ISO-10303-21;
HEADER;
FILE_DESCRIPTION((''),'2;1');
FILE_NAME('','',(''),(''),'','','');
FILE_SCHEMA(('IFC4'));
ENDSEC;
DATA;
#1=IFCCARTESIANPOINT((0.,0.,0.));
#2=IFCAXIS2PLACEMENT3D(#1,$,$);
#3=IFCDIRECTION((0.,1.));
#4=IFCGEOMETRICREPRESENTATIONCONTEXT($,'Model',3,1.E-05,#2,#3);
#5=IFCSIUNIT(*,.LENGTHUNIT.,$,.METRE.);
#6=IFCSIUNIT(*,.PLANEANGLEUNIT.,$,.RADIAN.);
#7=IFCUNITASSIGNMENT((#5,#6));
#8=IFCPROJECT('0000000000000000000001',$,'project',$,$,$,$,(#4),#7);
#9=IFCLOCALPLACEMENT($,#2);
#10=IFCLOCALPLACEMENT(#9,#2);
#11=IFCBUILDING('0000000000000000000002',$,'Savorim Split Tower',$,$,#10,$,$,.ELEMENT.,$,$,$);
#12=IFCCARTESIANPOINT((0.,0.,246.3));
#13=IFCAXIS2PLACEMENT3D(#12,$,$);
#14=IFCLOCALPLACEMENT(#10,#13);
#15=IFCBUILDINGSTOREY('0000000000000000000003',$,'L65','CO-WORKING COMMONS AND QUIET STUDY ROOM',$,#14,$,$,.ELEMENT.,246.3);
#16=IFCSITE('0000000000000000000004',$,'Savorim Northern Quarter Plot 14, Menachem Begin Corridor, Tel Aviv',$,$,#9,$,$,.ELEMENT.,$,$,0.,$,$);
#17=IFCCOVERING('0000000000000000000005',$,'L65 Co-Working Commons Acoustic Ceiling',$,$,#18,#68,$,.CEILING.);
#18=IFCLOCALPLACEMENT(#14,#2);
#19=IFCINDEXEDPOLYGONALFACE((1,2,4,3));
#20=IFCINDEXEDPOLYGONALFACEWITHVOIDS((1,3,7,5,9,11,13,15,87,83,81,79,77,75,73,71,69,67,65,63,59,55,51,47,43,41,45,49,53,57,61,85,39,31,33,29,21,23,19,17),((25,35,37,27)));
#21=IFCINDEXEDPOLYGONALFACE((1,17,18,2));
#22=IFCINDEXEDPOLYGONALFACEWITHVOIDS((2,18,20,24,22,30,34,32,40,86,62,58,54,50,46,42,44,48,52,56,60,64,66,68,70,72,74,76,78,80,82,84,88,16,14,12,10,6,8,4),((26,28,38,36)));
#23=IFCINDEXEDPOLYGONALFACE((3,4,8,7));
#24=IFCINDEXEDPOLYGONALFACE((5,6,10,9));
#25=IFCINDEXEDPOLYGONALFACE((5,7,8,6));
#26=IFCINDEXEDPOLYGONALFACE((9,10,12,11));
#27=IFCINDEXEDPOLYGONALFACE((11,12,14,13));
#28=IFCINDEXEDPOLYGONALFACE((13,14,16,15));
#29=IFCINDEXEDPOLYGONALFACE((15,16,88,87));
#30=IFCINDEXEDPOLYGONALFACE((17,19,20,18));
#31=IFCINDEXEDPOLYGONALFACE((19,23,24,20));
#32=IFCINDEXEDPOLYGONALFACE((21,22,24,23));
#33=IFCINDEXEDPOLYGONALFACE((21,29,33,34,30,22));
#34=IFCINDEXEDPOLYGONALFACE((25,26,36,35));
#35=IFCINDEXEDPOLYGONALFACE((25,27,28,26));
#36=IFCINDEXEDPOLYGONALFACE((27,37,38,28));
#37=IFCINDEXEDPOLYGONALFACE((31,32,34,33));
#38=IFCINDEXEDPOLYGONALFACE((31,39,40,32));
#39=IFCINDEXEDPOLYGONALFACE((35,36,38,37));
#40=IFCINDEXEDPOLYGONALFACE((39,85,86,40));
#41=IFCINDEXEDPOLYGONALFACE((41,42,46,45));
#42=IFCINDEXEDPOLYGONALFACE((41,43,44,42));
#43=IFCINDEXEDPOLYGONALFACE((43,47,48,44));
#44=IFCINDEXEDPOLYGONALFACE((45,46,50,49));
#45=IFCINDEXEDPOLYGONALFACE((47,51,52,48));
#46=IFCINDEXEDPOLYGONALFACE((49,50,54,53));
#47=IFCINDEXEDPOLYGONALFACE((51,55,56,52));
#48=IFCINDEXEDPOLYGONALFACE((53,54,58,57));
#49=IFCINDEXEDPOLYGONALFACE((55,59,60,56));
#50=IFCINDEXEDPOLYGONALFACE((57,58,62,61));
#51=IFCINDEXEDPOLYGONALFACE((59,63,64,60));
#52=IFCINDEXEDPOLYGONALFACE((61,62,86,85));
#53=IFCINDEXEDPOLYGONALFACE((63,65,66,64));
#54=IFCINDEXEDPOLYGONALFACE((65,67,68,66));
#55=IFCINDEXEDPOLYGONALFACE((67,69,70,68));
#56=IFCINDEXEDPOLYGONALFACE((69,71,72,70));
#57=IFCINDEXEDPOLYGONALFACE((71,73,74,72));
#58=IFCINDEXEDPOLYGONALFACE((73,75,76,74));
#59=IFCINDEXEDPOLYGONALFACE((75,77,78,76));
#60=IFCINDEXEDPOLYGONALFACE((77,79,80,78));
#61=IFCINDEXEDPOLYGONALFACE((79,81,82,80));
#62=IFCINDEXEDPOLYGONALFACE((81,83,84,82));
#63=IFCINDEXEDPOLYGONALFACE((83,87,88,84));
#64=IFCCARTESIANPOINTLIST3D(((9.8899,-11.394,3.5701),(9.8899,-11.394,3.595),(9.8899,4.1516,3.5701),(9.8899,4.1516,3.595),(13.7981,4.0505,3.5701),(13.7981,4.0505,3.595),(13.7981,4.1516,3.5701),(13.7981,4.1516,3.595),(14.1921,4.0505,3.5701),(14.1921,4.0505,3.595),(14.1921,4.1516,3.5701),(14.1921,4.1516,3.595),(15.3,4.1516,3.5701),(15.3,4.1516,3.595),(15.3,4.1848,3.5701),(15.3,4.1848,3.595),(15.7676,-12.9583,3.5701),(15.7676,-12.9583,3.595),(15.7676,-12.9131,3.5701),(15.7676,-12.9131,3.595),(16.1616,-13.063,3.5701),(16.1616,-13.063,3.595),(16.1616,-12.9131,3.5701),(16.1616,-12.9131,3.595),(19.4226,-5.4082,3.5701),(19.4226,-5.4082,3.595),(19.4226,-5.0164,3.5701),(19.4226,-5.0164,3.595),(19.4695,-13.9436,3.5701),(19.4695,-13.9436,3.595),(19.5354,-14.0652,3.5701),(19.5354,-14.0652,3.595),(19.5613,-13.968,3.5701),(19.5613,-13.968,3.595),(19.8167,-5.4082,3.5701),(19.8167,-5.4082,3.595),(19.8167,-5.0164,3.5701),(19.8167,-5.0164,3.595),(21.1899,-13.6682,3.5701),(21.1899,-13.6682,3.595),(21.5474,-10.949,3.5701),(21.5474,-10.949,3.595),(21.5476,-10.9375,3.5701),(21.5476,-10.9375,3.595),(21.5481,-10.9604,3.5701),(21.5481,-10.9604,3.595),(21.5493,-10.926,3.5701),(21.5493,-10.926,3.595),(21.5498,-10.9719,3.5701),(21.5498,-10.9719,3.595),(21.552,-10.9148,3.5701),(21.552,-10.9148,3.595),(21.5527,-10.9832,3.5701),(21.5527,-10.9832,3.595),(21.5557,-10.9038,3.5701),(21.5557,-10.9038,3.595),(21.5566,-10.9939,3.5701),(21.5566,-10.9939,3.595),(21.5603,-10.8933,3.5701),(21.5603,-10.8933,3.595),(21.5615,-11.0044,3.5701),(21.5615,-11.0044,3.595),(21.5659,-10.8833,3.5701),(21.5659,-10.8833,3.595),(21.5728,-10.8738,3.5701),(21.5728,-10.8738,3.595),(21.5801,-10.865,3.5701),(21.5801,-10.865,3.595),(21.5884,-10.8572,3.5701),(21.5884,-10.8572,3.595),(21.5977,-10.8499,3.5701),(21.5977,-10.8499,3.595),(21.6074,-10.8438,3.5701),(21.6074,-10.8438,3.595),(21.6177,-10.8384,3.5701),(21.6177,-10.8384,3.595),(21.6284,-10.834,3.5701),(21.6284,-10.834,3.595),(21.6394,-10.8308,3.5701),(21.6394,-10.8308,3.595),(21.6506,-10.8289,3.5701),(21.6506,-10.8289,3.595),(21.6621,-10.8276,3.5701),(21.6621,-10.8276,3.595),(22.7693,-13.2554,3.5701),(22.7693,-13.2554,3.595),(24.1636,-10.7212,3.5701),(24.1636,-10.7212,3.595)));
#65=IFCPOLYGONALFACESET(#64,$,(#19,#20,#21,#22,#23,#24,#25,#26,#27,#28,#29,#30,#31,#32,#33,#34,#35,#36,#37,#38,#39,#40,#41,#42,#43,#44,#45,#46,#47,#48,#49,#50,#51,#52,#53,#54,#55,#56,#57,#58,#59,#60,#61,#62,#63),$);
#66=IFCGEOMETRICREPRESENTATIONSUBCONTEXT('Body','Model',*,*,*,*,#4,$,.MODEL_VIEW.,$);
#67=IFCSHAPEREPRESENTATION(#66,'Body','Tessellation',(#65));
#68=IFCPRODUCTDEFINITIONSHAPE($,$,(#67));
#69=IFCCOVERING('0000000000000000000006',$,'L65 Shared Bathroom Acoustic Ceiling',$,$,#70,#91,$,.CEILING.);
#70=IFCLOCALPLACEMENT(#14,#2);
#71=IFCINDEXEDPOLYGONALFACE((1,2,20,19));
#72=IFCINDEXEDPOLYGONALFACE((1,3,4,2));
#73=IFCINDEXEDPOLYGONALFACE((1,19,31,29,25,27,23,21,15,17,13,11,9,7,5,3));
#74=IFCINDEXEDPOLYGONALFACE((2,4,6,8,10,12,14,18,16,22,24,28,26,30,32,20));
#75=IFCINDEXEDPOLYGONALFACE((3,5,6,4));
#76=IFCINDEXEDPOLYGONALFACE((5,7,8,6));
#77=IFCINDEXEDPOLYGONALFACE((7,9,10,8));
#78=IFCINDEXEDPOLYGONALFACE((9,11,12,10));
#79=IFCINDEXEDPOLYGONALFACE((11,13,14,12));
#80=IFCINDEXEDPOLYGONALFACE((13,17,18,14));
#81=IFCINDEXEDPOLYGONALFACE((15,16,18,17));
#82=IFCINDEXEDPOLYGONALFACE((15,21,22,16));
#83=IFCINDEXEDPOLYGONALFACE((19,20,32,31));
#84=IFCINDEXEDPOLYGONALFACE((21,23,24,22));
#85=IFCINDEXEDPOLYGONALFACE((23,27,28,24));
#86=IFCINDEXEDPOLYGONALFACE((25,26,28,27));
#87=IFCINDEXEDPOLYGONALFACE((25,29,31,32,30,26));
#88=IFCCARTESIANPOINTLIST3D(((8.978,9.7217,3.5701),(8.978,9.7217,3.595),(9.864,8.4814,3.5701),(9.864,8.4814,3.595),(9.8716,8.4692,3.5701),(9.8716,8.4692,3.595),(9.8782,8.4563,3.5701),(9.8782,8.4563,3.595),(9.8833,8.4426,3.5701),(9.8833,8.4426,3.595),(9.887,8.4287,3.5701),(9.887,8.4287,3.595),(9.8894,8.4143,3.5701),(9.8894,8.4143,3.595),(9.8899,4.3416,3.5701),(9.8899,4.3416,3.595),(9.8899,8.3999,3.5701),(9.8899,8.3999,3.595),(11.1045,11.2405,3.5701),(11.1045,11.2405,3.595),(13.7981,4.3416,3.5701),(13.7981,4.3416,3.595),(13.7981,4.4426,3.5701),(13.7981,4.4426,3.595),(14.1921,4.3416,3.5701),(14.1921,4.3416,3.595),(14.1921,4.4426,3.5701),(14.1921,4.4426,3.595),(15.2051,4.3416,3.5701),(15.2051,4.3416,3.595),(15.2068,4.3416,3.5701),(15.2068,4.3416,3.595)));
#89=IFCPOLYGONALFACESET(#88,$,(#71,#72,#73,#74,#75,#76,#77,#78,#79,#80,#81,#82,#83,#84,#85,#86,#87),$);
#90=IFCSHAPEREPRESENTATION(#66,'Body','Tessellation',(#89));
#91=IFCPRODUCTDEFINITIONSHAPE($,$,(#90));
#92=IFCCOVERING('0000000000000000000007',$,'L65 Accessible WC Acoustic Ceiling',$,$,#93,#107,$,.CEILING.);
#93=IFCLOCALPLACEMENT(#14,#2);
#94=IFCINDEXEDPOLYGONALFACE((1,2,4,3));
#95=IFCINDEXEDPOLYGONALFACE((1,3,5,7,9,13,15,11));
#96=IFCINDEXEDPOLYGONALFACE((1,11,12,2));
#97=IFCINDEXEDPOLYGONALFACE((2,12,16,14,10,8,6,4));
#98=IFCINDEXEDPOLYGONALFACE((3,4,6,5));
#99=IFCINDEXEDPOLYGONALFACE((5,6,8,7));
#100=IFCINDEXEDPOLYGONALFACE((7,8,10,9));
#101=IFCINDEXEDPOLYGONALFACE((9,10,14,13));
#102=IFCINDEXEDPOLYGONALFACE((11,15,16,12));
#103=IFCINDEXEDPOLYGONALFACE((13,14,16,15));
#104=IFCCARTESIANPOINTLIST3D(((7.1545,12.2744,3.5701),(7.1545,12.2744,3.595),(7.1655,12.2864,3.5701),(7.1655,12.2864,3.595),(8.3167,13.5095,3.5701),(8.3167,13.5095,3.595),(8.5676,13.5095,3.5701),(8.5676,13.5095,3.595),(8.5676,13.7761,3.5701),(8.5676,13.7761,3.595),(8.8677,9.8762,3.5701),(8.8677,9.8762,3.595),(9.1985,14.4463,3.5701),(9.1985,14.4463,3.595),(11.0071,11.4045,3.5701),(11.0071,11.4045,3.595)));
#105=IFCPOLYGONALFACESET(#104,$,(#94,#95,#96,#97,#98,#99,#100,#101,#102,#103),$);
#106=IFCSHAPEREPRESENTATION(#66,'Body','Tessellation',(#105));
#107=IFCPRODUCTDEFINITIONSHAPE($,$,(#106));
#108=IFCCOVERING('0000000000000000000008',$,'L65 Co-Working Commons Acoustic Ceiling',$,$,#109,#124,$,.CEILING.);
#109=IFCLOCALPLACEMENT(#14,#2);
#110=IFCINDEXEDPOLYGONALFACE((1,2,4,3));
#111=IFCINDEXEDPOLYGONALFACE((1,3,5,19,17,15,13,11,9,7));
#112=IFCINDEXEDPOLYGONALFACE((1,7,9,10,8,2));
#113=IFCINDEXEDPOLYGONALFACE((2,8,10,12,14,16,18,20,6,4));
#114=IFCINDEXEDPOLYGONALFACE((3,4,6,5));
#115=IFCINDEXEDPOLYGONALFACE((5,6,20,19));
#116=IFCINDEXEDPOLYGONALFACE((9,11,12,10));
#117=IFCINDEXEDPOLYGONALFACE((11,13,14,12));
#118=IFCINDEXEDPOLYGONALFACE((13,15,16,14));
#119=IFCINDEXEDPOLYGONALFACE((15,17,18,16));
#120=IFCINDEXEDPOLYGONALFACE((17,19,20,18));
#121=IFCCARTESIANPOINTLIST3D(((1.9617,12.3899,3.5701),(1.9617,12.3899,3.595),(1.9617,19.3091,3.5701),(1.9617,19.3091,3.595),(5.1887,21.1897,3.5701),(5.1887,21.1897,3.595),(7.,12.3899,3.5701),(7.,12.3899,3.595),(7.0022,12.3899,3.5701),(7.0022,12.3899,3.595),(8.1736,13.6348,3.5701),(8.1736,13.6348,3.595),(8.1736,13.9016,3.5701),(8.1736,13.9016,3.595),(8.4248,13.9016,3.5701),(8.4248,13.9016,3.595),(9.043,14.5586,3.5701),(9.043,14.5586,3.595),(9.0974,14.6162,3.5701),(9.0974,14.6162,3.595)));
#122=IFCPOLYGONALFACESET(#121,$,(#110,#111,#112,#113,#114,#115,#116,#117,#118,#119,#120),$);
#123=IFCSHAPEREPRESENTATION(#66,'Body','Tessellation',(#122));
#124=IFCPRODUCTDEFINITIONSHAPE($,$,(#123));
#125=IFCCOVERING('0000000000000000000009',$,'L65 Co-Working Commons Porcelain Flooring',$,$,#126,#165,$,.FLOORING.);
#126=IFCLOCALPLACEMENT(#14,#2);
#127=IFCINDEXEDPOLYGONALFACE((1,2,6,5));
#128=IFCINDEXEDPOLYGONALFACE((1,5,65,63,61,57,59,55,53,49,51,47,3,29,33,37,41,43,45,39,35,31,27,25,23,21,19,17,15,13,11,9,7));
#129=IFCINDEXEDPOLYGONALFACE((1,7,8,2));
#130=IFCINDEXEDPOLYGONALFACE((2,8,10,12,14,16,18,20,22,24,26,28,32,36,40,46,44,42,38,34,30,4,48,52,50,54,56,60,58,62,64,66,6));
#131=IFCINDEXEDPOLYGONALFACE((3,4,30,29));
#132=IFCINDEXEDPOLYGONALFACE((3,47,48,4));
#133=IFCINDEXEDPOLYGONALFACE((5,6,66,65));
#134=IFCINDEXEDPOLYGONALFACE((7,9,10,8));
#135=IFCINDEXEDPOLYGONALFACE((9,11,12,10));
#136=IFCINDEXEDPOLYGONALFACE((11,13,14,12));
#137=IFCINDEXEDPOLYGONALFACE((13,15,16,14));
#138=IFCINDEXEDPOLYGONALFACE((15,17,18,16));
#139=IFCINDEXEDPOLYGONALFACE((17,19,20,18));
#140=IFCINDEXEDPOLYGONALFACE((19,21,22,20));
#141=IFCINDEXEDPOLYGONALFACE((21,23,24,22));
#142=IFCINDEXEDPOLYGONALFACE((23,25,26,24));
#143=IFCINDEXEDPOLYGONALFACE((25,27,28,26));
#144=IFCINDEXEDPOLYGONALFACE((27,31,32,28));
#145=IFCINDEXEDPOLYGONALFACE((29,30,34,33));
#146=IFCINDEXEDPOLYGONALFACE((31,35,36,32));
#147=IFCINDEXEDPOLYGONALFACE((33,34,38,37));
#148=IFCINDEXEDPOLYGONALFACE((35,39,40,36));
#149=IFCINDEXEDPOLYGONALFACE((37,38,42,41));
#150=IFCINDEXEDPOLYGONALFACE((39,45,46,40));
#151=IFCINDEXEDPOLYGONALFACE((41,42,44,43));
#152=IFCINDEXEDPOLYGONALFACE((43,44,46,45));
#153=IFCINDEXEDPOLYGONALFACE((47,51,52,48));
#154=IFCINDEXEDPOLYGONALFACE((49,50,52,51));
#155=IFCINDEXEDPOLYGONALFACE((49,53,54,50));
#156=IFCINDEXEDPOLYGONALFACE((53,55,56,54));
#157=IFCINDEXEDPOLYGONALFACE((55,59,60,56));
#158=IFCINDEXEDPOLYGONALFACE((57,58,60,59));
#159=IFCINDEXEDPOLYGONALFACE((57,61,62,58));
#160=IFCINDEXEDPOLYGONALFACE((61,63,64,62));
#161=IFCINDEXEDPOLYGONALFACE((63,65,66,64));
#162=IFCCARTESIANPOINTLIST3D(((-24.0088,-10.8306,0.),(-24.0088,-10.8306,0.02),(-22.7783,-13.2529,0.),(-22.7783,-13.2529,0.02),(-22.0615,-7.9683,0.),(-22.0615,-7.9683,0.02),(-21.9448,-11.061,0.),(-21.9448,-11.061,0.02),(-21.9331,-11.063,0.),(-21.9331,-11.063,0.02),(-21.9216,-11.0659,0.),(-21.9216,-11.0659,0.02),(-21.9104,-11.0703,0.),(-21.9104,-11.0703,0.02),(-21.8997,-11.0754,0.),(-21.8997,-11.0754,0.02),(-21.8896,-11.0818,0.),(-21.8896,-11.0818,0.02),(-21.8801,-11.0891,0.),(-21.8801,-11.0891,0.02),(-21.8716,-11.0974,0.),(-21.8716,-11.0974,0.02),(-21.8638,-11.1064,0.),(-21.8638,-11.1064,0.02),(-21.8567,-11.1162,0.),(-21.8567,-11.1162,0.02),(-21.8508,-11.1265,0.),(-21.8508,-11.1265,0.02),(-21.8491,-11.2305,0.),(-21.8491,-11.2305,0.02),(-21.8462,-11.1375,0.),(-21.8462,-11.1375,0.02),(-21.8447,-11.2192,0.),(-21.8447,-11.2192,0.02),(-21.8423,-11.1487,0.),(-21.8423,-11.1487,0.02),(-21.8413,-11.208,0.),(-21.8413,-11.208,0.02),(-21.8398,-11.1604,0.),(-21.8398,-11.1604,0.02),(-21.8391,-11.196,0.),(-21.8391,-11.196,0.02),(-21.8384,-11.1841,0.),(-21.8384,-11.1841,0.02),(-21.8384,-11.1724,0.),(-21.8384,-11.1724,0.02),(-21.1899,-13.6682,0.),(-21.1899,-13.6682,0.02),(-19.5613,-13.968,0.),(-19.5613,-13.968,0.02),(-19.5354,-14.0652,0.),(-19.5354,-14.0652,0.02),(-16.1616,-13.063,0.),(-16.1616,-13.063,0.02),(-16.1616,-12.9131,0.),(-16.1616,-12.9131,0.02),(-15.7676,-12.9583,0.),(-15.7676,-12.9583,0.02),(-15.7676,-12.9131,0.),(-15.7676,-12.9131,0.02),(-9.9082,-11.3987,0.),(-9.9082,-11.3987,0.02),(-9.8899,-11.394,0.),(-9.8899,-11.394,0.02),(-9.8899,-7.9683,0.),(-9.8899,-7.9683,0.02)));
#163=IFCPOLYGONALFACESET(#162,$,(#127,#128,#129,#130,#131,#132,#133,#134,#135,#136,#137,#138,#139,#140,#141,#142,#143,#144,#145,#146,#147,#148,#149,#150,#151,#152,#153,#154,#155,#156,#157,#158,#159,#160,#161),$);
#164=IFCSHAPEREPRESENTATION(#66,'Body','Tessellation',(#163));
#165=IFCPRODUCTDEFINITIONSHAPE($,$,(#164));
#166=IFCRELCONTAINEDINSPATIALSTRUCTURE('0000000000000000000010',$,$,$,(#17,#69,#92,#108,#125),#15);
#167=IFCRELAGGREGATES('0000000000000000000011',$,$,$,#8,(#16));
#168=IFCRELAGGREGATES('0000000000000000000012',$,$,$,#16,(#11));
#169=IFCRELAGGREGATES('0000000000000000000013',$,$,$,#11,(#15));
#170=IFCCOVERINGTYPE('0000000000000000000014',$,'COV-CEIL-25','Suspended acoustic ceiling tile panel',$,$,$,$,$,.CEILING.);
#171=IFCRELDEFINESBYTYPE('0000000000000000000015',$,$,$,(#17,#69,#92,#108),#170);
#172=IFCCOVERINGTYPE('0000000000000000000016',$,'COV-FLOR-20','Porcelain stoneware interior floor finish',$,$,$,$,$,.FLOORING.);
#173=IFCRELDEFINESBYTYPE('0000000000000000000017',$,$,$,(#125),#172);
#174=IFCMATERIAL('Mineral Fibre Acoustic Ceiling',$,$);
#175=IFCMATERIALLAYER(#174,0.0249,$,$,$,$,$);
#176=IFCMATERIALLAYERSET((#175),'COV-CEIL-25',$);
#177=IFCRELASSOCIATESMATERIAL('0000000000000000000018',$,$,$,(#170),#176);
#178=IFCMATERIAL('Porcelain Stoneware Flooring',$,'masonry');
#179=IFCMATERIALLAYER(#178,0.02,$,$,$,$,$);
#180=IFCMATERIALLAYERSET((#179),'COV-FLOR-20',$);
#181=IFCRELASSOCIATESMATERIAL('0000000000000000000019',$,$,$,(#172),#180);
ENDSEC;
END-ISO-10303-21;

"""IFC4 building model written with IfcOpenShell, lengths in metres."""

from ifc_helpers import new_model, si_unit, direction, frame, origin, place, context, subcontext, project, spatial, polyline, outline, extrude, material, layer, layer_set, type_object, element, save


model = new_model("IFC4")

# Units and contexts
model_context = context("Model", 3, precision=1e-05, world=origin(), true_north=direction((0.0, 1.0)))
body_context = subcontext(model_context, "Body", "Model", "MODEL_VIEW")
ifc_project = project(units=[si_unit("LENGTHUNIT", "METRE"), si_unit("PLANEANGLEUNIT", "RADIAN")], contexts=[model_context])

# Site, building, storey
site_placement = place(None, origin())
site = spatial("IfcSite", under=ifc_project, at=site_placement, Name="Savorim Northern Quarter Plot 14, Menachem Begin Corridor, Tel Aviv", CompositionType="ELEMENT", RefElevation=0.0)
building_placement = place(site_placement, origin())
building = spatial("IfcBuilding", under=site, at=building_placement, Name="Savorim Split Tower", CompositionType="ELEMENT")
storey_placement = place(building_placement, frame((0.0, 0.0, 246.3)))
storey = spatial("IfcBuildingStorey", under=building, at=storey_placement, Name="L65", Description="CO-WORKING COMMONS AND QUIET STUDY ROOM", CompositionType="ELEMENT", Elevation=246.3)

# Coverings
ifc_material_1 = material(Name="Mineral Fibre Acoustic Ceiling")
ifc_layer_1 = layer(ifc_material_1, 0.0249)
ifc_layer_set_1 = layer_set([ifc_layer_1], Name="COV-CEIL-25")
covering_type_1 = type_object("IfcCoveringType", Name="COV-CEIL-25", Description="Suspended acoustic ceiling tile panel", PredefinedType="CEILING", material=ifc_layer_set_1)
covering_1_placement = place(storey_placement, frame((0.0, 0.0, 3.5701)))
element("IfcCovering", 1, at=covering_1_placement, inside=storey, type_object=covering_type_1, Name="L65 Co-Working Commons Acoustic Ceiling", PredefinedType="CEILING", context=body_context, shape_type="SweptSolid", body=[
    extrude(outline(polyline([(21.6394, -10.8308), (21.6506, -10.8289), (21.6621, -10.8276), (24.1636, -10.7212), (15.3, 4.1848), (15.3, 4.1516), (14.1921, 4.1516), (14.1921, 4.0505), (13.7981, 4.0505), (13.7981, 4.1516), (9.8899, 4.1516), (9.8899, -11.394), (15.7676, -12.9583), (15.7676, -12.9131), (16.1616, -12.9131), (16.1616, -13.063), (19.4695, -13.9436), (19.5613, -13.968), (19.5354, -14.0652), (21.1899, -13.6682), (22.7693, -13.2554), (21.5615, -11.0044), (21.5566, -10.9939), (21.5527, -10.9832), (21.5498, -10.9719), (21.5481, -10.9604), (21.5474, -10.949), (21.5476, -10.9375), (21.5493, -10.926), (21.552, -10.9148), (21.5557, -10.9038), (21.5603, -10.8933), (21.5659, -10.8833), (21.5728, -10.8738), (21.5801, -10.865), (21.5884, -10.8572), (21.5977, -10.8499), (21.6074, -10.8438), (21.6177, -10.8384), (21.6284, -10.834), (21.6394, -10.8308)]), holes=[polyline([(19.8167, -5.4082), (19.8167, -5.0164), (19.4226, -5.0164), (19.4226, -5.4082), (19.8167, -5.4082)])]), origin(), (0.0, 0.0, 1.0), 0.0249),
])
covering_2_placement = place(storey_placement, frame((0.0, 0.0, 3.5701)))
element("IfcCovering", 2, at=covering_2_placement, inside=storey, type_object=covering_type_1, Name="L65 Shared Bathroom Acoustic Ceiling", PredefinedType="CEILING", context=body_context, shape_type="SweptSolid", body=[
    extrude(outline(polyline([(14.1921, 4.4426), (14.1921, 4.3416), (15.2051, 4.3416), (15.2068, 4.3416), (11.1045, 11.2405), (8.978, 9.7217), (9.864, 8.4814), (9.8716, 8.4692), (9.8782, 8.4563), (9.8833, 8.4426), (9.887, 8.4287), (9.8894, 8.4143), (9.8899, 8.3999), (9.8899, 4.3416), (13.7981, 4.3416), (13.7981, 4.4426), (14.1921, 4.4426)])), origin(), (0.0, 0.0, 1.0), 0.0249),
])
covering_3_placement = place(storey_placement, frame((0.0, 0.0, 3.5701)))
element("IfcCovering", 3, at=covering_3_placement, inside=storey, type_object=covering_type_1, Name="L65 Accessible WC Acoustic Ceiling", PredefinedType="CEILING", context=body_context, shape_type="SweptSolid", body=[
    extrude(outline(polyline([(8.3167, 13.5095), (7.1655, 12.2864), (7.1545, 12.2744), (8.8677, 9.8762), (11.0071, 11.4045), (9.1985, 14.4463), (8.5676, 13.7761), (8.5676, 13.5095), (8.3167, 13.5095)])), origin(), (0.0, 0.0, 1.0), 0.0249),
])
covering_4_placement = place(storey_placement, frame((0.0, 0.0, 3.5701)))
element("IfcCovering", 4, at=covering_4_placement, inside=storey, type_object=covering_type_1, Name="L65 Co-Working Commons Acoustic Ceiling", PredefinedType="CEILING", context=body_context, shape_type="SweptSolid", body=[
    extrude(outline(polyline([(9.043, 14.5586), (9.0974, 14.6162), (5.1887, 21.1897), (1.9617, 19.3091), (1.9617, 12.3899), (7.0, 12.3899), (7.0022, 12.3899), (8.1736, 13.6348), (8.1736, 13.9016), (8.4248, 13.9016), (9.043, 14.5586)])), origin(), (0.0, 0.0, 1.0), 0.0249),
])
ifc_material_2 = material(Name="Porcelain Stoneware Flooring", Category="masonry")
ifc_layer_2 = layer(ifc_material_2, 0.02)
ifc_layer_set_2 = layer_set([ifc_layer_2], Name="COV-FLOR-20")
covering_type_2 = type_object("IfcCoveringType", Name="COV-FLOR-20", Description="Porcelain stoneware interior floor finish", PredefinedType="FLOORING", material=ifc_layer_set_2)
covering_5_placement = place(storey_placement, origin())
element("IfcCovering", 5, at=covering_5_placement, inside=storey, type_object=covering_type_2, Name="L65 Co-Working Commons Porcelain Flooring", PredefinedType="FLOORING", context=body_context, shape_type="SweptSolid", body=[
    extrude(outline(polyline([(-21.8384, -11.1841), (-21.8391, -11.196), (-21.8413, -11.208), (-21.8447, -11.2192), (-21.8491, -11.2305), (-22.7783, -13.2529), (-21.1899, -13.6682), (-19.5354, -14.0652), (-19.5613, -13.968), (-16.1616, -13.063), (-16.1616, -12.9131), (-15.7676, -12.9131), (-15.7676, -12.9583), (-9.9082, -11.3987), (-9.8899, -11.394), (-9.8899, -7.9683), (-22.0615, -7.9683), (-24.0088, -10.8306), (-21.9448, -11.061), (-21.9331, -11.063), (-21.9216, -11.0659), (-21.9104, -11.0703), (-21.8997, -11.0754), (-21.8896, -11.0818), (-21.8801, -11.0891), (-21.8716, -11.0974), (-21.8638, -11.1064), (-21.8567, -11.1162), (-21.8508, -11.1265), (-21.8462, -11.1375), (-21.8423, -11.1487), (-21.8398, -11.1604), (-21.8384, -11.1724), (-21.8384, -11.1841)])), origin(), (0.0, 0.0, 1.0), 0.02),
])

save(model, "model.ifc")
